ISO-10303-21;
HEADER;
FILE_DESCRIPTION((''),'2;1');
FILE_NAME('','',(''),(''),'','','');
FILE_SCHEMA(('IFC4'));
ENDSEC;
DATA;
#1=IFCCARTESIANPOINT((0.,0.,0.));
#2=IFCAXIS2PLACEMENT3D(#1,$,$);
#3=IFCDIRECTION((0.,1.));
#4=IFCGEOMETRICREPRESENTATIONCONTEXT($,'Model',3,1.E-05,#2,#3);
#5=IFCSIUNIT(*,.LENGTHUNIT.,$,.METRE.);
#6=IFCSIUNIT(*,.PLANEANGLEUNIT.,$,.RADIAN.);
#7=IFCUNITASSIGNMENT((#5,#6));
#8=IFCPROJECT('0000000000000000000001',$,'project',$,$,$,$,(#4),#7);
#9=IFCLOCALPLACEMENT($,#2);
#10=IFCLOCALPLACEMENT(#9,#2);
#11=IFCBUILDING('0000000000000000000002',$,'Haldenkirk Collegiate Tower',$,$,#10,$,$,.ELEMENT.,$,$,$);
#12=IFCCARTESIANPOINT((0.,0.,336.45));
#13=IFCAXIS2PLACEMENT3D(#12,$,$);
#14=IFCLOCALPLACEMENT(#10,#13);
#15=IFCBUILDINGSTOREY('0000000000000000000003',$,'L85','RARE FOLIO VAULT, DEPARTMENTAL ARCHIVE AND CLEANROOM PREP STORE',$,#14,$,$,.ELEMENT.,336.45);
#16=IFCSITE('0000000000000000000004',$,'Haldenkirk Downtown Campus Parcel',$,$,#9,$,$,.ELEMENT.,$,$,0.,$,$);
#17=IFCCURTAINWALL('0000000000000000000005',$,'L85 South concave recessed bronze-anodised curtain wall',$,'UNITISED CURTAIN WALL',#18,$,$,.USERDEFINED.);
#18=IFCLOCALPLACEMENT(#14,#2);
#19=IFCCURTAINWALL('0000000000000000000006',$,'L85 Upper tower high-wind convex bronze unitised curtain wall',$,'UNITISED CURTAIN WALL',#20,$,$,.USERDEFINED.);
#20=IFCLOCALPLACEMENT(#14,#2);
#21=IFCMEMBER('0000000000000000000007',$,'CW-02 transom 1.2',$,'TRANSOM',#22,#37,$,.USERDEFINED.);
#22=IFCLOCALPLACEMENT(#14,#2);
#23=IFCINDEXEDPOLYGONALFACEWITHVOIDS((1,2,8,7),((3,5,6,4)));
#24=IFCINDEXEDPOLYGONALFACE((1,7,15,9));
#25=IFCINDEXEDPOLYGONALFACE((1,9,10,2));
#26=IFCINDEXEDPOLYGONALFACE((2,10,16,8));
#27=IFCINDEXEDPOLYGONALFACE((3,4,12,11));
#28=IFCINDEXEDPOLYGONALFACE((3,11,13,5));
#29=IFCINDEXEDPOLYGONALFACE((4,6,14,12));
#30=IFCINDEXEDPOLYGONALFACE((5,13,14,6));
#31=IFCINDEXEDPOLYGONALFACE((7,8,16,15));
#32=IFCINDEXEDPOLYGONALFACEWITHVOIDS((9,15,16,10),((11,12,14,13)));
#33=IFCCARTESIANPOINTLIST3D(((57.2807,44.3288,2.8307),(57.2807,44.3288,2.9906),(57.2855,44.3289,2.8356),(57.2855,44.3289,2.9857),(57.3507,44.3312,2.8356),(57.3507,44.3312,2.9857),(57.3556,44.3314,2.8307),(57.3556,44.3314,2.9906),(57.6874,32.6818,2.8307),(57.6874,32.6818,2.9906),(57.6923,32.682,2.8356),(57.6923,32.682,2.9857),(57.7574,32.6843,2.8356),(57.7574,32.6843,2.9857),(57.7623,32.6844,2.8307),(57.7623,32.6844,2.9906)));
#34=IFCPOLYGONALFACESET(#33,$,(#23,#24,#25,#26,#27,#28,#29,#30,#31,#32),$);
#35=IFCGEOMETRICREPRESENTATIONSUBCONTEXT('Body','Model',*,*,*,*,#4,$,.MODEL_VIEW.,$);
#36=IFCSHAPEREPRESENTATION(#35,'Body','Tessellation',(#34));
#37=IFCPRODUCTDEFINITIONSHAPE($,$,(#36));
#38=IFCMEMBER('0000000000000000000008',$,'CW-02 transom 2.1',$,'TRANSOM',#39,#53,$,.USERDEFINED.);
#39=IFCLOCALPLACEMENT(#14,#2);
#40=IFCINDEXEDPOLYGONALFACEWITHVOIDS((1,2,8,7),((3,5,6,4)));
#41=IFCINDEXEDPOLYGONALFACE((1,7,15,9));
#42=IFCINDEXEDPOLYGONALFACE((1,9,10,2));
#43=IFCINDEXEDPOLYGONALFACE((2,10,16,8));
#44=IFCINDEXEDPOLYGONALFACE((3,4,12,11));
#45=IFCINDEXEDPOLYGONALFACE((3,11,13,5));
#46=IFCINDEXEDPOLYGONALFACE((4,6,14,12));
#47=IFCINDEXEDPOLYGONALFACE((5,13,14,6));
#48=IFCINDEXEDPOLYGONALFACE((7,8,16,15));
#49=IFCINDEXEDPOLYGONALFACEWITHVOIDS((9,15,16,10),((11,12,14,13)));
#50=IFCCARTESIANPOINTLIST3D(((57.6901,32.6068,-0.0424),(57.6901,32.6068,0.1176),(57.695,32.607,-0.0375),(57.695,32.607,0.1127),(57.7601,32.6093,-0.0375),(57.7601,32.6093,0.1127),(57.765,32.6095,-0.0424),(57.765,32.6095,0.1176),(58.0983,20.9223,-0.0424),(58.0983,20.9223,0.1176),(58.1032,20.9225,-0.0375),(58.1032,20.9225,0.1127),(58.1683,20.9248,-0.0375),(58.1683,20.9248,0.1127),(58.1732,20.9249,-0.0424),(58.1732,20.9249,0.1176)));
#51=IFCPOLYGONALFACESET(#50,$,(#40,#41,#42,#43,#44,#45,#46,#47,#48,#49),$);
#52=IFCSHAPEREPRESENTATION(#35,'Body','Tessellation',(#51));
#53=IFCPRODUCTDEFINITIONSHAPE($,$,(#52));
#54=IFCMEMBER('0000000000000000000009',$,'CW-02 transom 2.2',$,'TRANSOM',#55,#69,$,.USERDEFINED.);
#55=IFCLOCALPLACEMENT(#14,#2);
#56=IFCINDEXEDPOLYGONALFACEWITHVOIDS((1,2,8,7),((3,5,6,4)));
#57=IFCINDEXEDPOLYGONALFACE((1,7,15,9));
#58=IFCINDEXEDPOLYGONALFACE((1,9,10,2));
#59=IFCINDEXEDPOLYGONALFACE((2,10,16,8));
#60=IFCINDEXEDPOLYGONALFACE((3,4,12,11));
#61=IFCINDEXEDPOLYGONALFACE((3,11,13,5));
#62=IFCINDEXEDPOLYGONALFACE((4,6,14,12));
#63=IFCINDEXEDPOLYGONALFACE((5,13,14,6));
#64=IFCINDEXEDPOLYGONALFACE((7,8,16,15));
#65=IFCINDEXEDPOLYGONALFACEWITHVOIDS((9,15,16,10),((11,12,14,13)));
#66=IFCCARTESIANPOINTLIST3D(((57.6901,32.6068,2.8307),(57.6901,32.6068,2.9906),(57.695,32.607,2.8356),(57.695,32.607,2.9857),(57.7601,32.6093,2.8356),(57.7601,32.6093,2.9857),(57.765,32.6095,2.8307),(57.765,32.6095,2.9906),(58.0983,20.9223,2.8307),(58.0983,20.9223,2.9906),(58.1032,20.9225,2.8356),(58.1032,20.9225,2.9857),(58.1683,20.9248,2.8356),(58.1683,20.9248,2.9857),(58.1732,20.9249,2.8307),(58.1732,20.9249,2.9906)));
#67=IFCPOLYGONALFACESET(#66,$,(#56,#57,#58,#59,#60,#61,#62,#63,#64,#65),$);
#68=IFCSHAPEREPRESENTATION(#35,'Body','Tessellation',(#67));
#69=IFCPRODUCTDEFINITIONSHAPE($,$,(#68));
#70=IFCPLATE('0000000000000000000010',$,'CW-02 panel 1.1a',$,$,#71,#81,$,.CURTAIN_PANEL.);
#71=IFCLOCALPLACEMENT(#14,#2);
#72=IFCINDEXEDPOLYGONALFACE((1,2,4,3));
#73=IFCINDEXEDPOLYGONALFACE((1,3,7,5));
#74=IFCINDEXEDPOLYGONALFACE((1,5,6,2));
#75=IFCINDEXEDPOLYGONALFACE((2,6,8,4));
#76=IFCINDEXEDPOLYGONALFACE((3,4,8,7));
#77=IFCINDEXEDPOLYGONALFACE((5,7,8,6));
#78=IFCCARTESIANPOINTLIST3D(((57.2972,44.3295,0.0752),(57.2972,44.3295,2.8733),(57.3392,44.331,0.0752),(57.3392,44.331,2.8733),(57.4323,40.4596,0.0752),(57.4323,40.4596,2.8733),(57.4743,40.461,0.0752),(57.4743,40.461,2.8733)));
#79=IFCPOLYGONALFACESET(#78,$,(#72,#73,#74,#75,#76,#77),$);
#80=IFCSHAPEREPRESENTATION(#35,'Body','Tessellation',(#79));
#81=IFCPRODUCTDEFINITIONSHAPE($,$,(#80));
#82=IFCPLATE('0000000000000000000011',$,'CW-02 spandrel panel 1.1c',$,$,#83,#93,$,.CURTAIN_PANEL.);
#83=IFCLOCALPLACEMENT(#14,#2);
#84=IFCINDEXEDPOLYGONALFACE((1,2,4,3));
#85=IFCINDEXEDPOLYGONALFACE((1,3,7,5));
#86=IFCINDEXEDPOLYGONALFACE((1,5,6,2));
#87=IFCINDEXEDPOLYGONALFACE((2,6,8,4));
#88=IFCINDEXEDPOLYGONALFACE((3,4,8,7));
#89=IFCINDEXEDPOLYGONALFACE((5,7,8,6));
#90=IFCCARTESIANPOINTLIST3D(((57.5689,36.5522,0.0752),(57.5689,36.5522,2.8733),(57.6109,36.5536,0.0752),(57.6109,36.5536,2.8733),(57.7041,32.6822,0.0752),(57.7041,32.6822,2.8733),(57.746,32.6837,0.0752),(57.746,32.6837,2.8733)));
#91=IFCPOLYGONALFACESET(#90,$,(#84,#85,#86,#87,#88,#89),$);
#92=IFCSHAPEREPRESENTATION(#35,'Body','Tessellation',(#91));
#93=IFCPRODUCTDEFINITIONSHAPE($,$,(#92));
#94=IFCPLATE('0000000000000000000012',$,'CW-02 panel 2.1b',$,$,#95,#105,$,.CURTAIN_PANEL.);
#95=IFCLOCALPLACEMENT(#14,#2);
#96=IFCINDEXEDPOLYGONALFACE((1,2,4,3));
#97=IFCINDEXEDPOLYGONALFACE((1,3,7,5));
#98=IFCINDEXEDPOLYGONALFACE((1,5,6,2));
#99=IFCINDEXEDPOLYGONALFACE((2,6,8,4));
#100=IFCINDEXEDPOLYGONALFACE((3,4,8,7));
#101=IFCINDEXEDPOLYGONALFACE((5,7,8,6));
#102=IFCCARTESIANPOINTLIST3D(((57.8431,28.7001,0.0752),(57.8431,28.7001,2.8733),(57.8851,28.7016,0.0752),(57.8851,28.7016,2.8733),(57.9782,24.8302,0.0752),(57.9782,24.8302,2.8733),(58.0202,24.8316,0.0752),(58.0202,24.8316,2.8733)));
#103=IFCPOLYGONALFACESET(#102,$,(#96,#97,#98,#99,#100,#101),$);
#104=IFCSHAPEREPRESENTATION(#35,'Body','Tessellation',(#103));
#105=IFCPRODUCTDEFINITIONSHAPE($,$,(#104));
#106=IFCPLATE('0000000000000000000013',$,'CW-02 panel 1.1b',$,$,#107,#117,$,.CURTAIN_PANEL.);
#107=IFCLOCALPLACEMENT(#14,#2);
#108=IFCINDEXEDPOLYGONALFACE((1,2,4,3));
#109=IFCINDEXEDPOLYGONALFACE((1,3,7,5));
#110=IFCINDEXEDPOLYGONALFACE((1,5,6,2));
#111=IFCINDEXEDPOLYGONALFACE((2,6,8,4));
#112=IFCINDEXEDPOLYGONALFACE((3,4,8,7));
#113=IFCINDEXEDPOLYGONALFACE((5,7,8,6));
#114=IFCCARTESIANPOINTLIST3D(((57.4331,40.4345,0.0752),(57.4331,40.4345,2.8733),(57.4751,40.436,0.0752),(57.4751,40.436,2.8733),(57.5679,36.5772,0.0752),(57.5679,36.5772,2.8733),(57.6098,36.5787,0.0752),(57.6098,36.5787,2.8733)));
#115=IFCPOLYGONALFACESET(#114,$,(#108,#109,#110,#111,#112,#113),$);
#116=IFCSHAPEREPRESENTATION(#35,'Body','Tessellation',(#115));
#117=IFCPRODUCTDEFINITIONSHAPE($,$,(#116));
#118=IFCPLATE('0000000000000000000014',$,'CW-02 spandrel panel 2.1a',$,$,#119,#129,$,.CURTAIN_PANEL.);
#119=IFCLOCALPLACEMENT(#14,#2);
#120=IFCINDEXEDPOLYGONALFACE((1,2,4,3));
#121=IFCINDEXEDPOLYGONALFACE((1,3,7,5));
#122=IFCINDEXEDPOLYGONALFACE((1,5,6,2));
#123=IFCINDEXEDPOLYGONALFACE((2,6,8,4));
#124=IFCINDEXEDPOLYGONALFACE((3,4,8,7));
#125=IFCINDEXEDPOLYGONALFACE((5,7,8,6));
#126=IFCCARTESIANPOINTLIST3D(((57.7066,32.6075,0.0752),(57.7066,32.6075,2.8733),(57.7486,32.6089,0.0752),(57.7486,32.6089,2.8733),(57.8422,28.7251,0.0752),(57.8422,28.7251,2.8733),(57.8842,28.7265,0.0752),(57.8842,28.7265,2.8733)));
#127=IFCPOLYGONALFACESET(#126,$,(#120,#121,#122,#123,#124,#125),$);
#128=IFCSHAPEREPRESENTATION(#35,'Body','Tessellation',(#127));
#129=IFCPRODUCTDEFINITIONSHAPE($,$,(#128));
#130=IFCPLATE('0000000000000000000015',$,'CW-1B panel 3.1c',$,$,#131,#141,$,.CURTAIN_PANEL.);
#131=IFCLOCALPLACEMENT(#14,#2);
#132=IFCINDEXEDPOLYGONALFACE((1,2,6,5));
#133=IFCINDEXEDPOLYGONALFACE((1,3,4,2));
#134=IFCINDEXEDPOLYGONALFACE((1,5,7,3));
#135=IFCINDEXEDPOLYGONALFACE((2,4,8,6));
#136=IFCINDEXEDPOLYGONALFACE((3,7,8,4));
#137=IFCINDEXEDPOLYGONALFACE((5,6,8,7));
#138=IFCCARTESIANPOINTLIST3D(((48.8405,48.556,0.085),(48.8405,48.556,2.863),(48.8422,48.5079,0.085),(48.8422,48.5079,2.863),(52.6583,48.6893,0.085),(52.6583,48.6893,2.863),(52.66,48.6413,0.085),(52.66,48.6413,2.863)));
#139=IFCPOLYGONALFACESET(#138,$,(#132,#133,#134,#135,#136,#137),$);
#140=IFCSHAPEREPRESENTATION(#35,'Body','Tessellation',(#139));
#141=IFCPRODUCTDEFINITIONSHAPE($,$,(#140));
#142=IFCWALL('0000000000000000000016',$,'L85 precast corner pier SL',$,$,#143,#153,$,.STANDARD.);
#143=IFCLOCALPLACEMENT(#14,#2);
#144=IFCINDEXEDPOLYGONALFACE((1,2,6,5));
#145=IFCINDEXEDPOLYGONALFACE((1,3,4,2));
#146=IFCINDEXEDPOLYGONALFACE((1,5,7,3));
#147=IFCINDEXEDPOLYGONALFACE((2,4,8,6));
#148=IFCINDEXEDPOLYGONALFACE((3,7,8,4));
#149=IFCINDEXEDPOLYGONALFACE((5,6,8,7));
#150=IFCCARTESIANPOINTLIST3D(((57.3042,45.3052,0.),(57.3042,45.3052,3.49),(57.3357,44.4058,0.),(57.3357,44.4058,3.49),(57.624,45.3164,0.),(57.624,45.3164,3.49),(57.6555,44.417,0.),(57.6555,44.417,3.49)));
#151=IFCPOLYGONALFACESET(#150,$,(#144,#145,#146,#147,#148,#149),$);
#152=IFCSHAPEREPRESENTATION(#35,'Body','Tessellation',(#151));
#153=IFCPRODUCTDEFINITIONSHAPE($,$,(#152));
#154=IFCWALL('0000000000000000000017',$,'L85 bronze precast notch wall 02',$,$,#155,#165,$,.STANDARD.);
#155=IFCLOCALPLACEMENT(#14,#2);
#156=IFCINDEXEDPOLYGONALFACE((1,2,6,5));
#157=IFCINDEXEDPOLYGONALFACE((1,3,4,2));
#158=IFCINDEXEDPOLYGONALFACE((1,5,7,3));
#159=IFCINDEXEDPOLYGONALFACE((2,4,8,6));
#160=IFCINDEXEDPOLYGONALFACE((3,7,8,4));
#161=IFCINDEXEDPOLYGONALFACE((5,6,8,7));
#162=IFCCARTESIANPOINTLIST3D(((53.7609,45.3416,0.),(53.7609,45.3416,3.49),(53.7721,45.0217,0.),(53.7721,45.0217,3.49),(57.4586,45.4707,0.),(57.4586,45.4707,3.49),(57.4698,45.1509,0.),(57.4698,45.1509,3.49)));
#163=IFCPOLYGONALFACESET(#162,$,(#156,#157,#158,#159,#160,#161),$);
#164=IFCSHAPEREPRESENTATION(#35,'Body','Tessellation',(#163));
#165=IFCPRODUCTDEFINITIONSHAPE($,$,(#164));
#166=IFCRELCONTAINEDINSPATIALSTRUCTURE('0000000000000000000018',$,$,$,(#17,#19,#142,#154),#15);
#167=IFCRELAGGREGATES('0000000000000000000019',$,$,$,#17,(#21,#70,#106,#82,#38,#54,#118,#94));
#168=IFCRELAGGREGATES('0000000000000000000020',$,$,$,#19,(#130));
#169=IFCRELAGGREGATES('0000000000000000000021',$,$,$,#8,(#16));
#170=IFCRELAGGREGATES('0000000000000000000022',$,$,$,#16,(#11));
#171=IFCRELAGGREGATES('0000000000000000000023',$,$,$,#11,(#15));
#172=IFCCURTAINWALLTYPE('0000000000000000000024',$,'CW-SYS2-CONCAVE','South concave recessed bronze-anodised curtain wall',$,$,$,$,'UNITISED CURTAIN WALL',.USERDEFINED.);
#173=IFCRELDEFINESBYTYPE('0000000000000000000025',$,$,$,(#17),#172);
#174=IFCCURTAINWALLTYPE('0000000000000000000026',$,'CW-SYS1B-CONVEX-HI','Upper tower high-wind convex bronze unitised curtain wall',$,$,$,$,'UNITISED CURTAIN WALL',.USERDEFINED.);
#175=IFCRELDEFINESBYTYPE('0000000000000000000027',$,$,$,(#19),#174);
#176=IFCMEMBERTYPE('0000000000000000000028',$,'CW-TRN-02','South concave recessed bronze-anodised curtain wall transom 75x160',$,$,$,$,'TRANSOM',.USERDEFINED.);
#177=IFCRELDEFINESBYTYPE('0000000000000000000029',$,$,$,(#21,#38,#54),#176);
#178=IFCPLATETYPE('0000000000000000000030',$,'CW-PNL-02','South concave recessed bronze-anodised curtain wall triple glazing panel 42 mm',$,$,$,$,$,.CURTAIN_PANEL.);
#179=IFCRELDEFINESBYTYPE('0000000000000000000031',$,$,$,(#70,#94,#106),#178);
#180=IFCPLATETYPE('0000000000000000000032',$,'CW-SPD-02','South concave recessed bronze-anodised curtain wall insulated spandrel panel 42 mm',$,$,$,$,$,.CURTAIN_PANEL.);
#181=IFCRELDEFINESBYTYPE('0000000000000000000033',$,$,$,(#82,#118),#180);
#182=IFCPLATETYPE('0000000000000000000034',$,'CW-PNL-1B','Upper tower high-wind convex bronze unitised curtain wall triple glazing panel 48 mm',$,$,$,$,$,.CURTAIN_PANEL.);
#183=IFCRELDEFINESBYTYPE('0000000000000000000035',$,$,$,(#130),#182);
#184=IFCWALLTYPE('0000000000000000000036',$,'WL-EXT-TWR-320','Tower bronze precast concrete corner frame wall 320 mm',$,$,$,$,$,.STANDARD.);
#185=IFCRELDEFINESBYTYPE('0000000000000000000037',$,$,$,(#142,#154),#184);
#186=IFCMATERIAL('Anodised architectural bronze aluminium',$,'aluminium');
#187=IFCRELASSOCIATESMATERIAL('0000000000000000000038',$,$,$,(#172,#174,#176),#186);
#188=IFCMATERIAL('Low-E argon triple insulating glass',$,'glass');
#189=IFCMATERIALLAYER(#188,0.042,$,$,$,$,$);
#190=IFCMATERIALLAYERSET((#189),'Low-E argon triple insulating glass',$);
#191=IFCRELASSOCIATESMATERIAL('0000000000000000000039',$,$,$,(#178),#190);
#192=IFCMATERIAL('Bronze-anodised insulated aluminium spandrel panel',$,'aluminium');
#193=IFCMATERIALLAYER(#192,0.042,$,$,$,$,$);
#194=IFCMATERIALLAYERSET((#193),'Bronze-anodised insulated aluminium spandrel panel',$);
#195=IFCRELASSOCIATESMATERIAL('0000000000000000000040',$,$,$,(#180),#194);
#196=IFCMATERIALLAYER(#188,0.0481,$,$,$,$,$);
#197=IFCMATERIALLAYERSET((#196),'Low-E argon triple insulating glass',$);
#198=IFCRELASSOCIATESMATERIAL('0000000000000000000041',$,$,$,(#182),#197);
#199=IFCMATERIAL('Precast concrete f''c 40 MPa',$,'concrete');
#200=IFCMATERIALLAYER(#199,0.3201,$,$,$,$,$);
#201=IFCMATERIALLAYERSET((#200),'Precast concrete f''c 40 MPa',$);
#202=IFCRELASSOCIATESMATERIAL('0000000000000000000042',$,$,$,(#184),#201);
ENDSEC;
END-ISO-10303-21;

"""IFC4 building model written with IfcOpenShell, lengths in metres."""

from ifc_helpers import new_model, si_unit, direction, frame, frame_2d, origin, origin_2d, place, context, subcontext, project, spatial, rectangle, hollow_rectangle, extrude, source, transform, mapped, material, layer, layer_set, material_profile, profile_set, type_object, element, aggregate, save


model = new_model("IFC4")

# Units and contexts
model_context = context("Model", 3, precision=1e-05, world=origin(), true_north=direction((0.0, 1.0)))
body_context = subcontext(model_context, "Body", "Model", "MODEL_VIEW")
ifc_project = project(units=[si_unit("LENGTHUNIT", "METRE"), si_unit("PLANEANGLEUNIT", "RADIAN")], contexts=[model_context])

# Site, building, storey
site_placement = place(None, origin())
site = spatial("IfcSite", under=ifc_project, at=site_placement, Name="Haldenkirk Downtown Campus Parcel", CompositionType="ELEMENT", RefElevation=0.0)
building_placement = place(site_placement, origin())
building = spatial("IfcBuilding", under=site, at=building_placement, Name="Haldenkirk Collegiate Tower", CompositionType="ELEMENT")
storey_placement = place(building_placement, frame((0.0, 0.0, 336.45)))
storey = spatial("IfcBuildingStorey", under=building, at=storey_placement, Name="L85", Description="RARE FOLIO VAULT, DEPARTMENTAL ARCHIVE AND CLEANROOM PREP STORE", CompositionType="ELEMENT", Elevation=336.45)

# Curtain wall
ifc_material_1 = material(Name="Anodised architectural bronze aluminium", Category="aluminium")
curtain_wall_type_1 = type_object("IfcCurtainWallType", Name="CW-SYS2-CONCAVE", Description="South concave recessed bronze-anodised curtain wall", ElementType="UNITISED CURTAIN WALL", PredefinedType="USERDEFINED", material=ifc_material_1)
curtain_wall_1_placement = place(storey_placement, origin())
curtain_wall_1 = element("IfcCurtainWall", 1, at=curtain_wall_1_placement, inside=storey, type_object=curtain_wall_type_1, Name="L85 South concave recessed bronze-anodised curtain wall", ObjectType="UNITISED CURTAIN WALL", PredefinedType="USERDEFINED")

# Curtain wall
curtain_wall_type_2 = type_object("IfcCurtainWallType", Name="CW-SYS1B-CONVEX-HI", Description="Upper tower high-wind convex bronze unitised curtain wall", ElementType="UNITISED CURTAIN WALL", PredefinedType="USERDEFINED", material=ifc_material_1)
curtain_wall_2_placement = place(storey_placement, origin())
curtain_wall_2 = element("IfcCurtainWall", 2, at=curtain_wall_2_placement, inside=storey, type_object=curtain_wall_type_2, Name="L85 Upper tower high-wind convex bronze unitised curtain wall", ObjectType="UNITISED CURTAIN WALL", PredefinedType="USERDEFINED")

# Members
ifc_material_profile_1 = material_profile(ifc_material_1, hollow_rectangle(XDim=0.075, YDim=0.1599, WallThickness=0.0049, at=origin_2d()), Name="CW-TRN-02")
ifc_profile_set_1 = profile_set([ifc_material_profile_1], Name="Anodised architectural bronze aluminium")
member_type_1 = type_object("IfcMemberType", Name="CW-TRN-02", Description="South concave recessed bronze-anodised curtain wall transom 75x160", ElementType="TRANSOM", PredefinedType="USERDEFINED", material=ifc_profile_set_1)
member_1_placement = place(storey_placement, frame((57.3181, 44.3301, 2.9106), z_axis=(0.034901, -0.999391, 0.0), x_axis=(0.999391, 0.034901, 0.0)))
member_1 = element("IfcMember", 3, at=member_1_placement, type_object=member_type_1, Name="CW-02 transom 1.2", ObjectType="TRANSOM", PredefinedType="USERDEFINED", context=body_context, shape_type="SweptSolid", body=[
    extrude(hollow_rectangle(XDim=0.075, YDim=0.1599, WallThickness=0.0049, at=origin_2d()), origin(), (0.0, 0.0, 1.0), 11.6541),
])
member_2_placement = place(storey_placement, frame((57.7275, 32.6082, 0.0376), z_axis=(0.034914, -0.99939, 0.0), x_axis=(0.99939, 0.034914, 0.0)))
member_2 = element("IfcMember", 4, at=member_2_placement, type_object=member_type_1, Name="CW-02 transom 2.1", ObjectType="TRANSOM", PredefinedType="USERDEFINED", context=body_context, shape_type="SweptSolid", body=[
    extrude(hollow_rectangle(XDim=0.075, YDim=0.1599, WallThickness=0.0049, at=origin_2d()), origin(), (0.0, 0.0, 1.0), 11.6917),
])
member_3_placement = place(storey_placement, frame((57.7275, 32.6082, 2.9106), z_axis=(0.034914, -0.99939, 0.0), x_axis=(0.99939, 0.034914, 0.0)))
member_3 = element("IfcMember", 5, at=member_3_placement, type_object=member_type_1, Name="CW-02 transom 2.2", ObjectType="TRANSOM", PredefinedType="USERDEFINED", context=body_context, shape_type="SweptSolid", body=[
    extrude(hollow_rectangle(XDim=0.075, YDim=0.1599, WallThickness=0.0049, at=origin_2d()), origin(), (0.0, 0.0, 1.0), 11.6917),
])

# Plates
ifc_material_2 = material(Name="Low-E argon triple insulating glass", Category="glass")
ifc_layer_1 = layer(ifc_material_2, 0.042)
ifc_layer_set_1 = layer_set([ifc_layer_1], Name="Low-E argon triple insulating glass")
plate_type_1 = type_object("IfcPlateType", Name="CW-PNL-02", Description="South concave recessed bronze-anodised curtain wall triple glazing panel 42 mm", PredefinedType="CURTAIN_PANEL", material=ifc_layer_set_1)
shared_shape_1 = source(origin(), body_context, "Body", "SweptSolid", [
    extrude(rectangle(XDim=3.8723, YDim=0.042, at=origin_2d()), origin(), (0.0, 0.0, 1.0), 2.7981),
])
plate_1_placement = place(storey_placement, frame((57.3857, 42.3953, 0.0752), z_axis=(0.0, 0.0, 1.0), x_axis=(0.034901, -0.999391, 0.0)))
plate_1 = element("IfcPlate", 6, at=plate_1_placement, type_object=plate_type_1, Name="CW-02 panel 1.1a", PredefinedType="CURTAIN_PANEL", context=body_context, shape_type="MappedRepresentation", body=[
    mapped(shared_shape_1, transform((0.0, 0.0, 0.0), x_axis=(1.0, 0.0, 0.0), y_axis=(0.0, 1.0, 0.0), z_axis=(0.0, 0.0, 1.0), scale=1.0)),
])
ifc_material_3 = material(Name="Bronze-anodised insulated aluminium spandrel panel", Category="aluminium")
ifc_layer_2 = layer(ifc_material_3, 0.042)
ifc_layer_set_2 = layer_set([ifc_layer_2], Name="Bronze-anodised insulated aluminium spandrel panel")
plate_type_2 = type_object("IfcPlateType", Name="CW-SPD-02", Description="South concave recessed bronze-anodised curtain wall insulated spandrel panel 42 mm", PredefinedType="CURTAIN_PANEL", material=ifc_layer_set_2)
plate_2_placement = place(storey_placement, frame((57.6575, 34.6179, 0.0752), z_axis=(0.0, 0.0, 1.0), x_axis=(0.034901, -0.999391, 0.0)))
plate_2 = element("IfcPlate", 7, at=plate_2_placement, type_object=plate_type_2, Name="CW-02 spandrel panel 1.1c", PredefinedType="CURTAIN_PANEL", context=body_context, shape_type="MappedRepresentation", body=[
    mapped(shared_shape_1, transform((0.0, 0.0, 0.0), x_axis=(1.0, 0.0, 0.0), y_axis=(0.0, 1.0, 0.0), z_axis=(0.0, 0.0, 1.0), scale=1.0)),
])
plate_3_placement = place(storey_placement, frame((57.9316, 26.7659, 0.0752), z_axis=(0.0, 0.0, 1.0), x_axis=(0.034901, -0.999391, 0.0)))
plate_3 = element("IfcPlate", 8, at=plate_3_placement, type_object=plate_type_1, Name="CW-02 panel 2.1b", PredefinedType="CURTAIN_PANEL", context=body_context, shape_type="MappedRepresentation", body=[
    mapped(shared_shape_1, transform((0.0, 0.0, 0.0), x_axis=(1.0, 0.0, 0.0), y_axis=(0.0, 1.0, 0.0), z_axis=(0.0, 0.0, 1.0), scale=1.0)),
])
shared_shape_2 = source(origin(), body_context, "Body", "SweptSolid", [
    extrude(rectangle(XDim=3.8596, YDim=0.042, at=origin_2d()), origin(), (0.0, 0.0, 1.0), 2.7981),
])
plate_4_placement = place(storey_placement, frame((57.5215, 38.5066, 0.0752), z_axis=(0.0, 0.0, 1.0), x_axis=(0.034901, -0.999391, 0.0)))
plate_4 = element("IfcPlate", 9, at=plate_4_placement, type_object=plate_type_1, Name="CW-02 panel 1.1b", PredefinedType="CURTAIN_PANEL", context=body_context, shape_type="MappedRepresentation", body=[
    mapped(shared_shape_2, transform((0.0, 0.0, 0.0), x_axis=(1.0, 0.0, 0.0), y_axis=(0.0, 1.0, 0.0), z_axis=(0.0, 0.0, 1.0), scale=1.0)),
])
shared_shape_3 = source(origin(), body_context, "Body", "SweptSolid", [
    extrude(rectangle(XDim=3.8848, YDim=0.042, at=origin_2d()), origin(), (0.0, 0.0, 1.0), 2.7981),
])
plate_5_placement = place(storey_placement, frame((57.7954, 30.667, 0.0752), z_axis=(0.0, 0.0, 1.0), x_axis=(0.034901, -0.999391, 0.0)))
plate_5 = element("IfcPlate", 10, at=plate_5_placement, type_object=plate_type_2, Name="CW-02 spandrel panel 2.1a", PredefinedType="CURTAIN_PANEL", context=body_context, shape_type="MappedRepresentation", body=[
    mapped(shared_shape_3, transform((0.0, 0.0, 0.0), x_axis=(1.0, 0.0, 0.0), y_axis=(0.0, 1.0, 0.0), z_axis=(0.0, 0.0, 1.0), scale=1.0)),
])
aggregate(curtain_wall_1, [member_1, plate_1, plate_4, plate_2, member_2, member_3, plate_5, plate_3])
ifc_layer_3 = layer(ifc_material_2, 0.0481)
ifc_layer_set_3 = layer_set([ifc_layer_3], Name="Low-E argon triple insulating glass")
plate_type_3 = type_object("IfcPlateType", Name="CW-PNL-1B", Description="Upper tower high-wind convex bronze unitised curtain wall triple glazing panel 48 mm", PredefinedType="CURTAIN_PANEL", material=ifc_layer_set_3)
shared_shape_4 = source(origin(), body_context, "Body", "SweptSolid", [
    extrude(rectangle(XDim=3.8201, YDim=0.0481, at=origin_2d()), origin(), (0.0, 0.0, 1.0), 2.7781),
])
plate_6_placement = place(storey_placement, frame((50.7502, 48.5986, 0.085), z_axis=(0.0, 0.0, 1.0), x_axis=(0.999391, 0.034902, 0.0)))
plate_6 = element("IfcPlate", 11, at=plate_6_placement, type_object=plate_type_3, Name="CW-1B panel 3.1c", PredefinedType="CURTAIN_PANEL", context=body_context, shape_type="MappedRepresentation", body=[
    mapped(shared_shape_4, transform((0.0, 0.0, 0.0), x_axis=(1.0, 0.0, 0.0), y_axis=(0.0, 1.0, 0.0), z_axis=(0.0, 0.0, 1.0), scale=1.0)),
])
aggregate(curtain_wall_2, [plate_6])

# Walls
ifc_material_4 = material(Name="Precast concrete f'c 40 MPa", Category="concrete")
ifc_layer_4 = layer(ifc_material_4, 0.3201)
ifc_layer_set_4 = layer_set([ifc_layer_4], Name="Precast concrete f'c 40 MPa")
wall_type_1 = type_object("IfcWallType", Name="WL-EXT-TWR-320", Description="Tower bronze precast concrete corner frame wall 320 mm", PredefinedType="STANDARD", material=ifc_layer_set_4)
wall_1_placement = place(storey_placement, frame((57.4641, 45.3108, 0.0), z_axis=(0.0, 0.0, 1.0), x_axis=(0.034995, -0.999387, 0.0)))
element("IfcWall", 12, at=wall_1_placement, inside=storey, type_object=wall_type_1, Name="L85 precast corner pier SL", PredefinedType="STANDARD", context=body_context, shape_type="SweptSolid", body=[
    extrude(rectangle(XDim=0.8999, YDim=0.3201, at=frame_2d((0.45, 0.0))), origin(), (0.0, 0.0, 1.0), 3.49),
])
wall_2_placement = place(storey_placement, frame((53.7664, 45.1816, 0.0), z_axis=(0.0, 0.0, 1.0), x_axis=(0.999391, 0.034905, 0.0)))
element("IfcWall", 13, at=wall_2_placement, inside=storey, type_object=wall_type_1, Name="L85 bronze precast notch wall 02", PredefinedType="STANDARD", context=body_context, shape_type="SweptSolid", body=[
    extrude(rectangle(XDim=3.7, YDim=0.3201, at=frame_2d((1.8501, 0.0))), origin(), (0.0, 0.0, 1.0), 3.49),
])

save(model, "model.ifc")
